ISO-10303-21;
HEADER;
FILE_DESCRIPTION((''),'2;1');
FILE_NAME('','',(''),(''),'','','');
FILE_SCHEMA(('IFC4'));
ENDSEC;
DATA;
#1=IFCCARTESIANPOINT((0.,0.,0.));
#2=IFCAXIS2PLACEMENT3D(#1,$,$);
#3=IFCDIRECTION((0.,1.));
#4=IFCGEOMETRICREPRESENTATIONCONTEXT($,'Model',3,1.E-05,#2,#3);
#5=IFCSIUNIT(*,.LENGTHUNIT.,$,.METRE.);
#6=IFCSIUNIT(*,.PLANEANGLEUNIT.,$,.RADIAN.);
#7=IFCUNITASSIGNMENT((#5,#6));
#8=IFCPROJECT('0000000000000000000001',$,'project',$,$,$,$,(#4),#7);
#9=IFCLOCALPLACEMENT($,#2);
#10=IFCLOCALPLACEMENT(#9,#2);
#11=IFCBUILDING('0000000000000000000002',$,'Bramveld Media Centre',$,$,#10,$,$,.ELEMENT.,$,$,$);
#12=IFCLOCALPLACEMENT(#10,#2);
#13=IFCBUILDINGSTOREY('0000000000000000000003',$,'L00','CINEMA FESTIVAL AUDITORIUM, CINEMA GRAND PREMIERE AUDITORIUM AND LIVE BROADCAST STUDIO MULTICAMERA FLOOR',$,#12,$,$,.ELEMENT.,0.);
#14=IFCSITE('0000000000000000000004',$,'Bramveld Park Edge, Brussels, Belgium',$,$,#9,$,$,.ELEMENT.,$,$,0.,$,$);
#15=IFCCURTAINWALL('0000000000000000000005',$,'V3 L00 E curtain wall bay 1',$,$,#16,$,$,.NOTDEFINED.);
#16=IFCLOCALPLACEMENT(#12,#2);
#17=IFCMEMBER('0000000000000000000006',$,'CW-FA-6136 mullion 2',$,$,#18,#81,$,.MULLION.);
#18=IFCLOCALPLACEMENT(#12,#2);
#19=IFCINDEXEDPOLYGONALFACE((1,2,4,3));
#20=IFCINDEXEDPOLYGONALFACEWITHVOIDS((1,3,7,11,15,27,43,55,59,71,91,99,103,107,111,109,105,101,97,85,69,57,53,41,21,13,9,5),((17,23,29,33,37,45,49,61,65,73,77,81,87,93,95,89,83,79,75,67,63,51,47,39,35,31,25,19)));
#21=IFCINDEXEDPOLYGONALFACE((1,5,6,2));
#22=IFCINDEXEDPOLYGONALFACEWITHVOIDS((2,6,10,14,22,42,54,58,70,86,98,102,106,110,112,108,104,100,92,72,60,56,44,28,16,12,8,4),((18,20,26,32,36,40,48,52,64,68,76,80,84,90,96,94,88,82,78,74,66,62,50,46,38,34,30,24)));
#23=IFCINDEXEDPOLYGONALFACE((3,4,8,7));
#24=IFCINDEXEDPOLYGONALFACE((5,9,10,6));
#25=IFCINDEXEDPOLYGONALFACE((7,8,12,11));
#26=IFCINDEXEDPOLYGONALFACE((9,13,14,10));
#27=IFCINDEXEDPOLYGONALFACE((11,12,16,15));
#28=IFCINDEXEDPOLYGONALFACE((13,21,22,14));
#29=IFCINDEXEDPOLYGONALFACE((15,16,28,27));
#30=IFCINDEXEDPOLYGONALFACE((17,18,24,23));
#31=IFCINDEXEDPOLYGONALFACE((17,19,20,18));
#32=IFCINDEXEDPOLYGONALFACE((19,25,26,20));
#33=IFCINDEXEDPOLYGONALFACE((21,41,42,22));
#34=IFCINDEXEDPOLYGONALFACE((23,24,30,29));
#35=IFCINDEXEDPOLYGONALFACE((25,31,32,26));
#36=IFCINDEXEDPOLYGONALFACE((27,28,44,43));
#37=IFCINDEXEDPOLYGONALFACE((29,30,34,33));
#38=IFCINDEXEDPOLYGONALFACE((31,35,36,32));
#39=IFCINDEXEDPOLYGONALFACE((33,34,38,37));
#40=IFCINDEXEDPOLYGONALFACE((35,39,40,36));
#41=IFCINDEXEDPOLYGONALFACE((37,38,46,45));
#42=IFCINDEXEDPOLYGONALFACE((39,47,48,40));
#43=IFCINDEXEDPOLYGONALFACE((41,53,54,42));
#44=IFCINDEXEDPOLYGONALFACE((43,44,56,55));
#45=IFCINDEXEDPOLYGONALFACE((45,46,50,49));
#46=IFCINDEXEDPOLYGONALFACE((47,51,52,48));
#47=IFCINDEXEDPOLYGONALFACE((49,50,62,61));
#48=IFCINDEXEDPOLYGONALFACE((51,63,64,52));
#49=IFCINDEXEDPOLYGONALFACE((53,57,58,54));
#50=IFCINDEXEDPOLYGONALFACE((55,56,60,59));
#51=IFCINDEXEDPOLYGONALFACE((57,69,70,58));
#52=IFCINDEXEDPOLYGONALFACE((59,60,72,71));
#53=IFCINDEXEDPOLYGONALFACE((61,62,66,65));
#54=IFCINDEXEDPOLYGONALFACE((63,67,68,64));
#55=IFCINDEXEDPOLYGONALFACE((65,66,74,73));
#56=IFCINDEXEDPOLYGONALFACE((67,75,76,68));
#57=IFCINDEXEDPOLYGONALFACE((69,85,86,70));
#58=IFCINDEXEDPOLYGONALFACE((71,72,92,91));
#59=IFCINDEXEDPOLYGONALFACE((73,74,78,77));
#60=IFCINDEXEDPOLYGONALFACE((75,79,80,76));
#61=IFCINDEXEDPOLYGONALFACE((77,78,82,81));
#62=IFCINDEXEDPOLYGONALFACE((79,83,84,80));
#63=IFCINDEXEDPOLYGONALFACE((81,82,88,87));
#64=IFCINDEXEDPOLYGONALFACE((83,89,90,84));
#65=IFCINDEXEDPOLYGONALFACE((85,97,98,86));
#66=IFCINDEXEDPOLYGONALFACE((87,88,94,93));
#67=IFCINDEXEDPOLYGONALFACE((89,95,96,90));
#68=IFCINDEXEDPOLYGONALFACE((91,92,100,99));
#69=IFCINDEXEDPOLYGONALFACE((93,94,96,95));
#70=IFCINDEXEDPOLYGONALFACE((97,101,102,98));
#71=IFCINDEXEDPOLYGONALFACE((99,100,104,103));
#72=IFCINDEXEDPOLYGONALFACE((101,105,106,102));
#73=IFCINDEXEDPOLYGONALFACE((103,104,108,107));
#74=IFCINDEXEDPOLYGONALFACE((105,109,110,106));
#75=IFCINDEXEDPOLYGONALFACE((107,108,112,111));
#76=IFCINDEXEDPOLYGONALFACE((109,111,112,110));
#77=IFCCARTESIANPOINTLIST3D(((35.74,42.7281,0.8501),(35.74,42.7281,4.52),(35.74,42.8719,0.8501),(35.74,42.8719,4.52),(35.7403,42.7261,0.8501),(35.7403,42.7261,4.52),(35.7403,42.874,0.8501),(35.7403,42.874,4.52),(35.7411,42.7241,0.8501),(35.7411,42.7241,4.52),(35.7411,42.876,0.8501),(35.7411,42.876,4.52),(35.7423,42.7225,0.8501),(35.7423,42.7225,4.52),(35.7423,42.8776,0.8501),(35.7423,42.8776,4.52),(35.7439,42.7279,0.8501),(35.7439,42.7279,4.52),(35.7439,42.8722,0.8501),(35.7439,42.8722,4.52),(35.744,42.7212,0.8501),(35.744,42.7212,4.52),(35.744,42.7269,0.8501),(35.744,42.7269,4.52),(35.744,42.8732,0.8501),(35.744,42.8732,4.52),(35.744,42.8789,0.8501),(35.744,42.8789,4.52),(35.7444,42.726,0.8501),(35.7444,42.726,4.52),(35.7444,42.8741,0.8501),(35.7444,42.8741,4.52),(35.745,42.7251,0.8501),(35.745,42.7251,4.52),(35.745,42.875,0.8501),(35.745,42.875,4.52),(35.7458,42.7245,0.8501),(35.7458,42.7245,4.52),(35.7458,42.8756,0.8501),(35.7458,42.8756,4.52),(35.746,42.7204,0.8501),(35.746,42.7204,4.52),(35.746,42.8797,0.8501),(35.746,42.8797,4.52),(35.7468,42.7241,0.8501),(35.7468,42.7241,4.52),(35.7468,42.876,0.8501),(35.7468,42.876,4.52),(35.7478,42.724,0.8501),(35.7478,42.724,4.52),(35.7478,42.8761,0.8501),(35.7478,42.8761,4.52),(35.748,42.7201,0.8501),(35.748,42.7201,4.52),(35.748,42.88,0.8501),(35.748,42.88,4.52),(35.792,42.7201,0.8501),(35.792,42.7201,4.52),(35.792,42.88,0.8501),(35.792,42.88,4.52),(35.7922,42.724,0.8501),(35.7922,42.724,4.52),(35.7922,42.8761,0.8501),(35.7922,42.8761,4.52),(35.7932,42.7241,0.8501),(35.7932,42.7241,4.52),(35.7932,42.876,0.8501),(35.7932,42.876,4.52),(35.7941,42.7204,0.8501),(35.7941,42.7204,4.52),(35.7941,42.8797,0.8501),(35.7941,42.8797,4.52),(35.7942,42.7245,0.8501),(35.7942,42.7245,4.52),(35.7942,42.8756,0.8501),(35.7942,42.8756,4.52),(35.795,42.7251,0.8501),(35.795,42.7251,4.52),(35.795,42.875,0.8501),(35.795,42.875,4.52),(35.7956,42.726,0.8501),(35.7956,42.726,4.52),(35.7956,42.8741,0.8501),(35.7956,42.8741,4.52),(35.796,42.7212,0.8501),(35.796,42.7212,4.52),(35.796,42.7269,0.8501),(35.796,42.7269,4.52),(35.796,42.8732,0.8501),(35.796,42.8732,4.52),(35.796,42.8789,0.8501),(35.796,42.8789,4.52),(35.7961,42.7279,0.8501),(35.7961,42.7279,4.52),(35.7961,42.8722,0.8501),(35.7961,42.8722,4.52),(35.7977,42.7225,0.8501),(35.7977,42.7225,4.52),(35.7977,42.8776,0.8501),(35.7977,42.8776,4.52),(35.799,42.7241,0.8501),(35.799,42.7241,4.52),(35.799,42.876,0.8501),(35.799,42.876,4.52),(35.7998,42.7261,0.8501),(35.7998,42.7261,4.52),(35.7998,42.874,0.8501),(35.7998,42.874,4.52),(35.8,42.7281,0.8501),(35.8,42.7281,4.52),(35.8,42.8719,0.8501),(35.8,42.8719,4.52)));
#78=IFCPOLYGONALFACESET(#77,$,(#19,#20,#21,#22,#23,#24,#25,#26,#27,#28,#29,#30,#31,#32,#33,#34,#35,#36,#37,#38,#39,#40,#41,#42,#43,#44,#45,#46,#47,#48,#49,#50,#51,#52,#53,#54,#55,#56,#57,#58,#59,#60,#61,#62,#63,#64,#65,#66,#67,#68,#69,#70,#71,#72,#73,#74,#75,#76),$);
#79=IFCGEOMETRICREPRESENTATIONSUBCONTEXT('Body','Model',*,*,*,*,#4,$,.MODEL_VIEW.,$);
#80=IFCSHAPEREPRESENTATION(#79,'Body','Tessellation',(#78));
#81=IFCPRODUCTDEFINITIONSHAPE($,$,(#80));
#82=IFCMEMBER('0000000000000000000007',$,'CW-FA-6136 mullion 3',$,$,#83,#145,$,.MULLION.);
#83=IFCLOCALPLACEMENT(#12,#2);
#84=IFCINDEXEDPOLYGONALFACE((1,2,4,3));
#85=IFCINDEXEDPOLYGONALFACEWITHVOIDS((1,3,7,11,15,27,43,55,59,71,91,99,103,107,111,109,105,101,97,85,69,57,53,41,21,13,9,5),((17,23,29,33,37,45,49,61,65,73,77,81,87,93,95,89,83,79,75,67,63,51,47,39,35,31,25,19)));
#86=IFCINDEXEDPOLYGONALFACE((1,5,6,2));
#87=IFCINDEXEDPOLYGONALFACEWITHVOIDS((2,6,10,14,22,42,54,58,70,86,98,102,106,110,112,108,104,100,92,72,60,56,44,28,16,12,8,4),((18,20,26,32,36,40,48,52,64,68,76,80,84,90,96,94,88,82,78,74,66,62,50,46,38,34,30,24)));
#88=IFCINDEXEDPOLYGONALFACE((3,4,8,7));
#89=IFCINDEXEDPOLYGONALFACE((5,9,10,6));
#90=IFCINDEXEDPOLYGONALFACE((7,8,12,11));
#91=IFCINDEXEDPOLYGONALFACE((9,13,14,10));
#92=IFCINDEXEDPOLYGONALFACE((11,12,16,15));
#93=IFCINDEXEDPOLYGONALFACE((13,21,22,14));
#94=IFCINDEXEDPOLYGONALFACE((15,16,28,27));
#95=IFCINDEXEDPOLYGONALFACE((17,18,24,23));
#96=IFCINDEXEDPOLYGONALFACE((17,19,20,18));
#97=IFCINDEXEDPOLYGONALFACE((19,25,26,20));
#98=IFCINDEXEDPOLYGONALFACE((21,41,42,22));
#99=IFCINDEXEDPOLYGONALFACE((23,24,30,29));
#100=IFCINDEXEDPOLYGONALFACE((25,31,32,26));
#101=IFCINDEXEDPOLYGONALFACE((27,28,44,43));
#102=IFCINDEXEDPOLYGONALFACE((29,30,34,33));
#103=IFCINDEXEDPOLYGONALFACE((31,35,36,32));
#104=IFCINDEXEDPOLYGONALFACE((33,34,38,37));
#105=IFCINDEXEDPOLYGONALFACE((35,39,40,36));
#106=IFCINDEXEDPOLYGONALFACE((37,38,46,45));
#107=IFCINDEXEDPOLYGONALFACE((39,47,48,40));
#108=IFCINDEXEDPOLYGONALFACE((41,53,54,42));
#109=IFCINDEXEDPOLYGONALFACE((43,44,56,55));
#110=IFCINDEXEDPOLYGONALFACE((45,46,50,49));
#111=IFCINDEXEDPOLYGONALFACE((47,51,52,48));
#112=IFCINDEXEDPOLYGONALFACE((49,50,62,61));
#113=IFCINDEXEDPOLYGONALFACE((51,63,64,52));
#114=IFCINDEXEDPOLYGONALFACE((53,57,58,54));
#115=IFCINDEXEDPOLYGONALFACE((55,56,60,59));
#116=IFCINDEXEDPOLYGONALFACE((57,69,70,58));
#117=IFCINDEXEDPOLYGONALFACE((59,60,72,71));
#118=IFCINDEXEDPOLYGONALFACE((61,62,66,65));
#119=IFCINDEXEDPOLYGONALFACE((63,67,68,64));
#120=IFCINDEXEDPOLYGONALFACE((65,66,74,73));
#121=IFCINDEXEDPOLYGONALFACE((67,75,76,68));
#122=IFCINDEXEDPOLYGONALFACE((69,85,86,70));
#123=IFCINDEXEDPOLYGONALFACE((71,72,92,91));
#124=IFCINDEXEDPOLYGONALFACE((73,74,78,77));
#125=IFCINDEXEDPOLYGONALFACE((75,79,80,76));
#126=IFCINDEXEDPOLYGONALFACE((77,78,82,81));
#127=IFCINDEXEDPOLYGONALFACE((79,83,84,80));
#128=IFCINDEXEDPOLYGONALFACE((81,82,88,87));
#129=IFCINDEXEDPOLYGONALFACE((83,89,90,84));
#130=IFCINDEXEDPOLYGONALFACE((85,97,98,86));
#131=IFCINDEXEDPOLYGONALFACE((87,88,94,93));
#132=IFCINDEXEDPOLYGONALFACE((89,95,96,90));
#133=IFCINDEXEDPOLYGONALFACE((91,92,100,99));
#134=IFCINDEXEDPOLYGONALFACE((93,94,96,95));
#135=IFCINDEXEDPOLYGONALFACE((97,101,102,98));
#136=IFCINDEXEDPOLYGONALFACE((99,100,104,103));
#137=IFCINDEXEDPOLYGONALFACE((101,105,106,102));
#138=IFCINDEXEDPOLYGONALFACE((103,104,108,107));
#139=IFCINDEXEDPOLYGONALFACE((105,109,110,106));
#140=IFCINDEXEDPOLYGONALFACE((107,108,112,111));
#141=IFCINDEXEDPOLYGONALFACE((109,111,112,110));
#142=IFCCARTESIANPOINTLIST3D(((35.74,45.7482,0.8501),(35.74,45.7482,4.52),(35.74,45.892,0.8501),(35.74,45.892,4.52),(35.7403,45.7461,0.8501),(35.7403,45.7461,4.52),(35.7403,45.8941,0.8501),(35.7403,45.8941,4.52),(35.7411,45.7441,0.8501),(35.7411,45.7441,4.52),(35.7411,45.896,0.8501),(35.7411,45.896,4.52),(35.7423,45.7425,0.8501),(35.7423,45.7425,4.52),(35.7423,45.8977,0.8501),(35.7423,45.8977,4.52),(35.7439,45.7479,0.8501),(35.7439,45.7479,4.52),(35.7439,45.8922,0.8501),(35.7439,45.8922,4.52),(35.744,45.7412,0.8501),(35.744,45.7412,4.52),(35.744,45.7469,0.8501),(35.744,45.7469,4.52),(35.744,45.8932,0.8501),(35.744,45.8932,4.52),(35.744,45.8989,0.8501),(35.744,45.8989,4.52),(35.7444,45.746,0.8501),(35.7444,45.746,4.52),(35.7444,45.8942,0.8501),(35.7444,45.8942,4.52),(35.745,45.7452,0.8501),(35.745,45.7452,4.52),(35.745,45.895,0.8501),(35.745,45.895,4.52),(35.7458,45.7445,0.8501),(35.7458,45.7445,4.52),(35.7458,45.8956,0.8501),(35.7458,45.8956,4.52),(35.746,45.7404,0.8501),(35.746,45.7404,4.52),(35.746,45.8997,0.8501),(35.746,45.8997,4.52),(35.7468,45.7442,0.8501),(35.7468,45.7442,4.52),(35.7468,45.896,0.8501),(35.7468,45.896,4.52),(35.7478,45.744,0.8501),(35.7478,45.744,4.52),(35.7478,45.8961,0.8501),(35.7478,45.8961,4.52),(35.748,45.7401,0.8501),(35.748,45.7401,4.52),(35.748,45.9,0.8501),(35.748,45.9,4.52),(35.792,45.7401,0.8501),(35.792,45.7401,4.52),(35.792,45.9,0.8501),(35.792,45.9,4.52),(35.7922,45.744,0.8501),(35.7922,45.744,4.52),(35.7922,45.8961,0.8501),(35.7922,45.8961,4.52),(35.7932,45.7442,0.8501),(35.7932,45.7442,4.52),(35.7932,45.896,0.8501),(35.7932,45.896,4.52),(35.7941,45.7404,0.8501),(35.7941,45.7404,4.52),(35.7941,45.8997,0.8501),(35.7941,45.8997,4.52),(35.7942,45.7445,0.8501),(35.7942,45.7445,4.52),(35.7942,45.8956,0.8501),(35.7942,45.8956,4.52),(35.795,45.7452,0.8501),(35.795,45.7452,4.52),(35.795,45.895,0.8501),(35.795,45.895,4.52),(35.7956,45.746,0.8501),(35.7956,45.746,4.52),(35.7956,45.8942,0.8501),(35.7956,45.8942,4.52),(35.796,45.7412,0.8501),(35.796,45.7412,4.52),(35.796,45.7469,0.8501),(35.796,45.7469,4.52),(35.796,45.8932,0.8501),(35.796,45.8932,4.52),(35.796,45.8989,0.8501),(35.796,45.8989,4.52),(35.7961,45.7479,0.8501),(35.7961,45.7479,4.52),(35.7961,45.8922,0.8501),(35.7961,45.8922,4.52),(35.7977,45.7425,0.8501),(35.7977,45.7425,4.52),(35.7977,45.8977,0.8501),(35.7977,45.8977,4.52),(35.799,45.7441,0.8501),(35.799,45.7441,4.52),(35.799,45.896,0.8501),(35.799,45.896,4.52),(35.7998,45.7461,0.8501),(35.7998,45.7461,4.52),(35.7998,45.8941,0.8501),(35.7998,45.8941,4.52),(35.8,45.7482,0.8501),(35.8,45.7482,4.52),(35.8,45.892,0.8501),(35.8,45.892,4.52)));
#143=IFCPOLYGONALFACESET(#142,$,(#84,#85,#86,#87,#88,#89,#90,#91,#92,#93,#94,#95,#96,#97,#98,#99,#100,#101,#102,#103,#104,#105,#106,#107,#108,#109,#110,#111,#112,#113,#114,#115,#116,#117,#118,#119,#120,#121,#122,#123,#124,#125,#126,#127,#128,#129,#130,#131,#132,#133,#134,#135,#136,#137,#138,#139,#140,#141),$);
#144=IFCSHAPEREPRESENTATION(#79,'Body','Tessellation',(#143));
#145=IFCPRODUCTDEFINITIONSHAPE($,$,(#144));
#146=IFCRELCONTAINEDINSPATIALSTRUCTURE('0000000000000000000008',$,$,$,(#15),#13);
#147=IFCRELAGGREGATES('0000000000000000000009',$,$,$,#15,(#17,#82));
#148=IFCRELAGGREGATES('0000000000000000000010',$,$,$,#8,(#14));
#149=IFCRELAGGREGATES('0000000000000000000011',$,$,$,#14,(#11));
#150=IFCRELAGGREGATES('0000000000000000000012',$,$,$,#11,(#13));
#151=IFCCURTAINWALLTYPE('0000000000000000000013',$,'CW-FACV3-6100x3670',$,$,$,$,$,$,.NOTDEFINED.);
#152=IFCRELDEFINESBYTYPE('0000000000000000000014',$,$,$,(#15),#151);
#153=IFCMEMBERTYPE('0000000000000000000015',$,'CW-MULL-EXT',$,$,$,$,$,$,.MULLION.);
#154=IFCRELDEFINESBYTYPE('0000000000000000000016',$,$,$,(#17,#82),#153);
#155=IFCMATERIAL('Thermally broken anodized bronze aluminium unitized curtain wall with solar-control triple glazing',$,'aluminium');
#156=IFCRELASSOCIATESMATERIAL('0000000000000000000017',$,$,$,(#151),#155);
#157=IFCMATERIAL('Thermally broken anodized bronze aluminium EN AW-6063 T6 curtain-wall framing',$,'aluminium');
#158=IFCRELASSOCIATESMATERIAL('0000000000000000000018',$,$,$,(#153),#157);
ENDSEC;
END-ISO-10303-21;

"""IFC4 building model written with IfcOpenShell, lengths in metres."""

from ifc_helpers import new_model, si_unit, direction, frame, origin, origin_2d, place, context, subcontext, project, spatial, hollow_rectangle, extrude, material, material_profile, profile_set, type_object, element, aggregate, save


model = new_model("IFC4")

# Units and contexts
model_context = context("Model", 3, precision=1e-05, world=origin(), true_north=direction((0.0, 1.0)))
body_context = subcontext(model_context, "Body", "Model", "MODEL_VIEW")
ifc_project = project(units=[si_unit("LENGTHUNIT", "METRE"), si_unit("PLANEANGLEUNIT", "RADIAN")], contexts=[model_context])

# Site, building, storey
site_placement = place(None, origin())
site = spatial("IfcSite", under=ifc_project, at=site_placement, Name="Bramveld Park Edge, Brussels, Belgium", CompositionType="ELEMENT", RefElevation=0.0)
building_placement = place(site_placement, origin())
building = spatial("IfcBuilding", under=site, at=building_placement, Name="Bramveld Media Centre", CompositionType="ELEMENT")
storey_placement = place(building_placement, origin())
storey = spatial("IfcBuildingStorey", under=building, at=storey_placement, Name="L00", Description="CINEMA FESTIVAL AUDITORIUM, CINEMA GRAND PREMIERE AUDITORIUM AND LIVE BROADCAST STUDIO MULTICAMERA FLOOR", CompositionType="ELEMENT", Elevation=0.0)

# Curtain wall, members
ifc_material_1 = material(Name="Thermally broken anodized bronze aluminium unitized curtain wall with solar-control triple glazing", Category="aluminium")
curtain_wall_type = type_object("IfcCurtainWallType", Name="CW-FACV3-6100x3670", PredefinedType="NOTDEFINED", material=ifc_material_1)
curtain_wall_1_placement = place(storey_placement, origin())
curtain_wall_1 = element("IfcCurtainWall", 1, at=curtain_wall_1_placement, inside=storey, type_object=curtain_wall_type, Name="V3 L00 E curtain wall bay 1", PredefinedType="NOTDEFINED")
ifc_material_2 = material(Name="Thermally broken anodized bronze aluminium EN AW-6063 T6 curtain-wall framing", Category="aluminium")
ifc_material_profile_1 = material_profile(ifc_material_2, hollow_rectangle(XDim=0.0601, YDim=0.1599, WallThickness=0.0039, InnerFilletRadius=0.0039, OuterFilletRadius=0.0081, at=origin_2d()), Name="AL-MULL 60x160")
ifc_profile_set_1 = profile_set([ifc_material_profile_1], Name="Thermally broken anodized bronze aluminium EN AW-6063 T6 curtain-wall framing")
member_type_1 = type_object("IfcMemberType", Name="CW-MULL-EXT", PredefinedType="MULLION", material=ifc_profile_set_1)
member_1_placement = place(storey_placement, frame((35.77, 42.8, 0.8501), z_axis=(0.0, 0.0, 1.0), x_axis=(-1.0, 0.0, 0.0)))
member_1 = element("IfcMember", 2, at=member_1_placement, type_object=member_type_1, Name="CW-FA-6136 mullion 2", PredefinedType="MULLION", context=body_context, shape_type="SweptSolid", body=[
    extrude(hollow_rectangle(XDim=0.0601, YDim=0.1599, WallThickness=0.0039, InnerFilletRadius=0.0039, OuterFilletRadius=0.0081, at=origin_2d()), origin(), (0.0, 0.0, 1.0), 3.6699),
])
member_2_placement = place(storey_placement, frame((35.77, 45.8201, 0.8501), z_axis=(0.0, 0.0, 1.0), x_axis=(-1.0, 0.0, 0.0)))
member_2 = element("IfcMember", 3, at=member_2_placement, type_object=member_type_1, Name="CW-FA-6136 mullion 3", PredefinedType="MULLION", context=body_context, shape_type="SweptSolid", body=[
    extrude(hollow_rectangle(XDim=0.0601, YDim=0.1599, WallThickness=0.0039, InnerFilletRadius=0.0039, OuterFilletRadius=0.0081, at=origin_2d()), origin(), (0.0, 0.0, 1.0), 3.6699),
])

aggregate(curtain_wall_1, [member_1, member_2])

save(model, "model.ifc")
